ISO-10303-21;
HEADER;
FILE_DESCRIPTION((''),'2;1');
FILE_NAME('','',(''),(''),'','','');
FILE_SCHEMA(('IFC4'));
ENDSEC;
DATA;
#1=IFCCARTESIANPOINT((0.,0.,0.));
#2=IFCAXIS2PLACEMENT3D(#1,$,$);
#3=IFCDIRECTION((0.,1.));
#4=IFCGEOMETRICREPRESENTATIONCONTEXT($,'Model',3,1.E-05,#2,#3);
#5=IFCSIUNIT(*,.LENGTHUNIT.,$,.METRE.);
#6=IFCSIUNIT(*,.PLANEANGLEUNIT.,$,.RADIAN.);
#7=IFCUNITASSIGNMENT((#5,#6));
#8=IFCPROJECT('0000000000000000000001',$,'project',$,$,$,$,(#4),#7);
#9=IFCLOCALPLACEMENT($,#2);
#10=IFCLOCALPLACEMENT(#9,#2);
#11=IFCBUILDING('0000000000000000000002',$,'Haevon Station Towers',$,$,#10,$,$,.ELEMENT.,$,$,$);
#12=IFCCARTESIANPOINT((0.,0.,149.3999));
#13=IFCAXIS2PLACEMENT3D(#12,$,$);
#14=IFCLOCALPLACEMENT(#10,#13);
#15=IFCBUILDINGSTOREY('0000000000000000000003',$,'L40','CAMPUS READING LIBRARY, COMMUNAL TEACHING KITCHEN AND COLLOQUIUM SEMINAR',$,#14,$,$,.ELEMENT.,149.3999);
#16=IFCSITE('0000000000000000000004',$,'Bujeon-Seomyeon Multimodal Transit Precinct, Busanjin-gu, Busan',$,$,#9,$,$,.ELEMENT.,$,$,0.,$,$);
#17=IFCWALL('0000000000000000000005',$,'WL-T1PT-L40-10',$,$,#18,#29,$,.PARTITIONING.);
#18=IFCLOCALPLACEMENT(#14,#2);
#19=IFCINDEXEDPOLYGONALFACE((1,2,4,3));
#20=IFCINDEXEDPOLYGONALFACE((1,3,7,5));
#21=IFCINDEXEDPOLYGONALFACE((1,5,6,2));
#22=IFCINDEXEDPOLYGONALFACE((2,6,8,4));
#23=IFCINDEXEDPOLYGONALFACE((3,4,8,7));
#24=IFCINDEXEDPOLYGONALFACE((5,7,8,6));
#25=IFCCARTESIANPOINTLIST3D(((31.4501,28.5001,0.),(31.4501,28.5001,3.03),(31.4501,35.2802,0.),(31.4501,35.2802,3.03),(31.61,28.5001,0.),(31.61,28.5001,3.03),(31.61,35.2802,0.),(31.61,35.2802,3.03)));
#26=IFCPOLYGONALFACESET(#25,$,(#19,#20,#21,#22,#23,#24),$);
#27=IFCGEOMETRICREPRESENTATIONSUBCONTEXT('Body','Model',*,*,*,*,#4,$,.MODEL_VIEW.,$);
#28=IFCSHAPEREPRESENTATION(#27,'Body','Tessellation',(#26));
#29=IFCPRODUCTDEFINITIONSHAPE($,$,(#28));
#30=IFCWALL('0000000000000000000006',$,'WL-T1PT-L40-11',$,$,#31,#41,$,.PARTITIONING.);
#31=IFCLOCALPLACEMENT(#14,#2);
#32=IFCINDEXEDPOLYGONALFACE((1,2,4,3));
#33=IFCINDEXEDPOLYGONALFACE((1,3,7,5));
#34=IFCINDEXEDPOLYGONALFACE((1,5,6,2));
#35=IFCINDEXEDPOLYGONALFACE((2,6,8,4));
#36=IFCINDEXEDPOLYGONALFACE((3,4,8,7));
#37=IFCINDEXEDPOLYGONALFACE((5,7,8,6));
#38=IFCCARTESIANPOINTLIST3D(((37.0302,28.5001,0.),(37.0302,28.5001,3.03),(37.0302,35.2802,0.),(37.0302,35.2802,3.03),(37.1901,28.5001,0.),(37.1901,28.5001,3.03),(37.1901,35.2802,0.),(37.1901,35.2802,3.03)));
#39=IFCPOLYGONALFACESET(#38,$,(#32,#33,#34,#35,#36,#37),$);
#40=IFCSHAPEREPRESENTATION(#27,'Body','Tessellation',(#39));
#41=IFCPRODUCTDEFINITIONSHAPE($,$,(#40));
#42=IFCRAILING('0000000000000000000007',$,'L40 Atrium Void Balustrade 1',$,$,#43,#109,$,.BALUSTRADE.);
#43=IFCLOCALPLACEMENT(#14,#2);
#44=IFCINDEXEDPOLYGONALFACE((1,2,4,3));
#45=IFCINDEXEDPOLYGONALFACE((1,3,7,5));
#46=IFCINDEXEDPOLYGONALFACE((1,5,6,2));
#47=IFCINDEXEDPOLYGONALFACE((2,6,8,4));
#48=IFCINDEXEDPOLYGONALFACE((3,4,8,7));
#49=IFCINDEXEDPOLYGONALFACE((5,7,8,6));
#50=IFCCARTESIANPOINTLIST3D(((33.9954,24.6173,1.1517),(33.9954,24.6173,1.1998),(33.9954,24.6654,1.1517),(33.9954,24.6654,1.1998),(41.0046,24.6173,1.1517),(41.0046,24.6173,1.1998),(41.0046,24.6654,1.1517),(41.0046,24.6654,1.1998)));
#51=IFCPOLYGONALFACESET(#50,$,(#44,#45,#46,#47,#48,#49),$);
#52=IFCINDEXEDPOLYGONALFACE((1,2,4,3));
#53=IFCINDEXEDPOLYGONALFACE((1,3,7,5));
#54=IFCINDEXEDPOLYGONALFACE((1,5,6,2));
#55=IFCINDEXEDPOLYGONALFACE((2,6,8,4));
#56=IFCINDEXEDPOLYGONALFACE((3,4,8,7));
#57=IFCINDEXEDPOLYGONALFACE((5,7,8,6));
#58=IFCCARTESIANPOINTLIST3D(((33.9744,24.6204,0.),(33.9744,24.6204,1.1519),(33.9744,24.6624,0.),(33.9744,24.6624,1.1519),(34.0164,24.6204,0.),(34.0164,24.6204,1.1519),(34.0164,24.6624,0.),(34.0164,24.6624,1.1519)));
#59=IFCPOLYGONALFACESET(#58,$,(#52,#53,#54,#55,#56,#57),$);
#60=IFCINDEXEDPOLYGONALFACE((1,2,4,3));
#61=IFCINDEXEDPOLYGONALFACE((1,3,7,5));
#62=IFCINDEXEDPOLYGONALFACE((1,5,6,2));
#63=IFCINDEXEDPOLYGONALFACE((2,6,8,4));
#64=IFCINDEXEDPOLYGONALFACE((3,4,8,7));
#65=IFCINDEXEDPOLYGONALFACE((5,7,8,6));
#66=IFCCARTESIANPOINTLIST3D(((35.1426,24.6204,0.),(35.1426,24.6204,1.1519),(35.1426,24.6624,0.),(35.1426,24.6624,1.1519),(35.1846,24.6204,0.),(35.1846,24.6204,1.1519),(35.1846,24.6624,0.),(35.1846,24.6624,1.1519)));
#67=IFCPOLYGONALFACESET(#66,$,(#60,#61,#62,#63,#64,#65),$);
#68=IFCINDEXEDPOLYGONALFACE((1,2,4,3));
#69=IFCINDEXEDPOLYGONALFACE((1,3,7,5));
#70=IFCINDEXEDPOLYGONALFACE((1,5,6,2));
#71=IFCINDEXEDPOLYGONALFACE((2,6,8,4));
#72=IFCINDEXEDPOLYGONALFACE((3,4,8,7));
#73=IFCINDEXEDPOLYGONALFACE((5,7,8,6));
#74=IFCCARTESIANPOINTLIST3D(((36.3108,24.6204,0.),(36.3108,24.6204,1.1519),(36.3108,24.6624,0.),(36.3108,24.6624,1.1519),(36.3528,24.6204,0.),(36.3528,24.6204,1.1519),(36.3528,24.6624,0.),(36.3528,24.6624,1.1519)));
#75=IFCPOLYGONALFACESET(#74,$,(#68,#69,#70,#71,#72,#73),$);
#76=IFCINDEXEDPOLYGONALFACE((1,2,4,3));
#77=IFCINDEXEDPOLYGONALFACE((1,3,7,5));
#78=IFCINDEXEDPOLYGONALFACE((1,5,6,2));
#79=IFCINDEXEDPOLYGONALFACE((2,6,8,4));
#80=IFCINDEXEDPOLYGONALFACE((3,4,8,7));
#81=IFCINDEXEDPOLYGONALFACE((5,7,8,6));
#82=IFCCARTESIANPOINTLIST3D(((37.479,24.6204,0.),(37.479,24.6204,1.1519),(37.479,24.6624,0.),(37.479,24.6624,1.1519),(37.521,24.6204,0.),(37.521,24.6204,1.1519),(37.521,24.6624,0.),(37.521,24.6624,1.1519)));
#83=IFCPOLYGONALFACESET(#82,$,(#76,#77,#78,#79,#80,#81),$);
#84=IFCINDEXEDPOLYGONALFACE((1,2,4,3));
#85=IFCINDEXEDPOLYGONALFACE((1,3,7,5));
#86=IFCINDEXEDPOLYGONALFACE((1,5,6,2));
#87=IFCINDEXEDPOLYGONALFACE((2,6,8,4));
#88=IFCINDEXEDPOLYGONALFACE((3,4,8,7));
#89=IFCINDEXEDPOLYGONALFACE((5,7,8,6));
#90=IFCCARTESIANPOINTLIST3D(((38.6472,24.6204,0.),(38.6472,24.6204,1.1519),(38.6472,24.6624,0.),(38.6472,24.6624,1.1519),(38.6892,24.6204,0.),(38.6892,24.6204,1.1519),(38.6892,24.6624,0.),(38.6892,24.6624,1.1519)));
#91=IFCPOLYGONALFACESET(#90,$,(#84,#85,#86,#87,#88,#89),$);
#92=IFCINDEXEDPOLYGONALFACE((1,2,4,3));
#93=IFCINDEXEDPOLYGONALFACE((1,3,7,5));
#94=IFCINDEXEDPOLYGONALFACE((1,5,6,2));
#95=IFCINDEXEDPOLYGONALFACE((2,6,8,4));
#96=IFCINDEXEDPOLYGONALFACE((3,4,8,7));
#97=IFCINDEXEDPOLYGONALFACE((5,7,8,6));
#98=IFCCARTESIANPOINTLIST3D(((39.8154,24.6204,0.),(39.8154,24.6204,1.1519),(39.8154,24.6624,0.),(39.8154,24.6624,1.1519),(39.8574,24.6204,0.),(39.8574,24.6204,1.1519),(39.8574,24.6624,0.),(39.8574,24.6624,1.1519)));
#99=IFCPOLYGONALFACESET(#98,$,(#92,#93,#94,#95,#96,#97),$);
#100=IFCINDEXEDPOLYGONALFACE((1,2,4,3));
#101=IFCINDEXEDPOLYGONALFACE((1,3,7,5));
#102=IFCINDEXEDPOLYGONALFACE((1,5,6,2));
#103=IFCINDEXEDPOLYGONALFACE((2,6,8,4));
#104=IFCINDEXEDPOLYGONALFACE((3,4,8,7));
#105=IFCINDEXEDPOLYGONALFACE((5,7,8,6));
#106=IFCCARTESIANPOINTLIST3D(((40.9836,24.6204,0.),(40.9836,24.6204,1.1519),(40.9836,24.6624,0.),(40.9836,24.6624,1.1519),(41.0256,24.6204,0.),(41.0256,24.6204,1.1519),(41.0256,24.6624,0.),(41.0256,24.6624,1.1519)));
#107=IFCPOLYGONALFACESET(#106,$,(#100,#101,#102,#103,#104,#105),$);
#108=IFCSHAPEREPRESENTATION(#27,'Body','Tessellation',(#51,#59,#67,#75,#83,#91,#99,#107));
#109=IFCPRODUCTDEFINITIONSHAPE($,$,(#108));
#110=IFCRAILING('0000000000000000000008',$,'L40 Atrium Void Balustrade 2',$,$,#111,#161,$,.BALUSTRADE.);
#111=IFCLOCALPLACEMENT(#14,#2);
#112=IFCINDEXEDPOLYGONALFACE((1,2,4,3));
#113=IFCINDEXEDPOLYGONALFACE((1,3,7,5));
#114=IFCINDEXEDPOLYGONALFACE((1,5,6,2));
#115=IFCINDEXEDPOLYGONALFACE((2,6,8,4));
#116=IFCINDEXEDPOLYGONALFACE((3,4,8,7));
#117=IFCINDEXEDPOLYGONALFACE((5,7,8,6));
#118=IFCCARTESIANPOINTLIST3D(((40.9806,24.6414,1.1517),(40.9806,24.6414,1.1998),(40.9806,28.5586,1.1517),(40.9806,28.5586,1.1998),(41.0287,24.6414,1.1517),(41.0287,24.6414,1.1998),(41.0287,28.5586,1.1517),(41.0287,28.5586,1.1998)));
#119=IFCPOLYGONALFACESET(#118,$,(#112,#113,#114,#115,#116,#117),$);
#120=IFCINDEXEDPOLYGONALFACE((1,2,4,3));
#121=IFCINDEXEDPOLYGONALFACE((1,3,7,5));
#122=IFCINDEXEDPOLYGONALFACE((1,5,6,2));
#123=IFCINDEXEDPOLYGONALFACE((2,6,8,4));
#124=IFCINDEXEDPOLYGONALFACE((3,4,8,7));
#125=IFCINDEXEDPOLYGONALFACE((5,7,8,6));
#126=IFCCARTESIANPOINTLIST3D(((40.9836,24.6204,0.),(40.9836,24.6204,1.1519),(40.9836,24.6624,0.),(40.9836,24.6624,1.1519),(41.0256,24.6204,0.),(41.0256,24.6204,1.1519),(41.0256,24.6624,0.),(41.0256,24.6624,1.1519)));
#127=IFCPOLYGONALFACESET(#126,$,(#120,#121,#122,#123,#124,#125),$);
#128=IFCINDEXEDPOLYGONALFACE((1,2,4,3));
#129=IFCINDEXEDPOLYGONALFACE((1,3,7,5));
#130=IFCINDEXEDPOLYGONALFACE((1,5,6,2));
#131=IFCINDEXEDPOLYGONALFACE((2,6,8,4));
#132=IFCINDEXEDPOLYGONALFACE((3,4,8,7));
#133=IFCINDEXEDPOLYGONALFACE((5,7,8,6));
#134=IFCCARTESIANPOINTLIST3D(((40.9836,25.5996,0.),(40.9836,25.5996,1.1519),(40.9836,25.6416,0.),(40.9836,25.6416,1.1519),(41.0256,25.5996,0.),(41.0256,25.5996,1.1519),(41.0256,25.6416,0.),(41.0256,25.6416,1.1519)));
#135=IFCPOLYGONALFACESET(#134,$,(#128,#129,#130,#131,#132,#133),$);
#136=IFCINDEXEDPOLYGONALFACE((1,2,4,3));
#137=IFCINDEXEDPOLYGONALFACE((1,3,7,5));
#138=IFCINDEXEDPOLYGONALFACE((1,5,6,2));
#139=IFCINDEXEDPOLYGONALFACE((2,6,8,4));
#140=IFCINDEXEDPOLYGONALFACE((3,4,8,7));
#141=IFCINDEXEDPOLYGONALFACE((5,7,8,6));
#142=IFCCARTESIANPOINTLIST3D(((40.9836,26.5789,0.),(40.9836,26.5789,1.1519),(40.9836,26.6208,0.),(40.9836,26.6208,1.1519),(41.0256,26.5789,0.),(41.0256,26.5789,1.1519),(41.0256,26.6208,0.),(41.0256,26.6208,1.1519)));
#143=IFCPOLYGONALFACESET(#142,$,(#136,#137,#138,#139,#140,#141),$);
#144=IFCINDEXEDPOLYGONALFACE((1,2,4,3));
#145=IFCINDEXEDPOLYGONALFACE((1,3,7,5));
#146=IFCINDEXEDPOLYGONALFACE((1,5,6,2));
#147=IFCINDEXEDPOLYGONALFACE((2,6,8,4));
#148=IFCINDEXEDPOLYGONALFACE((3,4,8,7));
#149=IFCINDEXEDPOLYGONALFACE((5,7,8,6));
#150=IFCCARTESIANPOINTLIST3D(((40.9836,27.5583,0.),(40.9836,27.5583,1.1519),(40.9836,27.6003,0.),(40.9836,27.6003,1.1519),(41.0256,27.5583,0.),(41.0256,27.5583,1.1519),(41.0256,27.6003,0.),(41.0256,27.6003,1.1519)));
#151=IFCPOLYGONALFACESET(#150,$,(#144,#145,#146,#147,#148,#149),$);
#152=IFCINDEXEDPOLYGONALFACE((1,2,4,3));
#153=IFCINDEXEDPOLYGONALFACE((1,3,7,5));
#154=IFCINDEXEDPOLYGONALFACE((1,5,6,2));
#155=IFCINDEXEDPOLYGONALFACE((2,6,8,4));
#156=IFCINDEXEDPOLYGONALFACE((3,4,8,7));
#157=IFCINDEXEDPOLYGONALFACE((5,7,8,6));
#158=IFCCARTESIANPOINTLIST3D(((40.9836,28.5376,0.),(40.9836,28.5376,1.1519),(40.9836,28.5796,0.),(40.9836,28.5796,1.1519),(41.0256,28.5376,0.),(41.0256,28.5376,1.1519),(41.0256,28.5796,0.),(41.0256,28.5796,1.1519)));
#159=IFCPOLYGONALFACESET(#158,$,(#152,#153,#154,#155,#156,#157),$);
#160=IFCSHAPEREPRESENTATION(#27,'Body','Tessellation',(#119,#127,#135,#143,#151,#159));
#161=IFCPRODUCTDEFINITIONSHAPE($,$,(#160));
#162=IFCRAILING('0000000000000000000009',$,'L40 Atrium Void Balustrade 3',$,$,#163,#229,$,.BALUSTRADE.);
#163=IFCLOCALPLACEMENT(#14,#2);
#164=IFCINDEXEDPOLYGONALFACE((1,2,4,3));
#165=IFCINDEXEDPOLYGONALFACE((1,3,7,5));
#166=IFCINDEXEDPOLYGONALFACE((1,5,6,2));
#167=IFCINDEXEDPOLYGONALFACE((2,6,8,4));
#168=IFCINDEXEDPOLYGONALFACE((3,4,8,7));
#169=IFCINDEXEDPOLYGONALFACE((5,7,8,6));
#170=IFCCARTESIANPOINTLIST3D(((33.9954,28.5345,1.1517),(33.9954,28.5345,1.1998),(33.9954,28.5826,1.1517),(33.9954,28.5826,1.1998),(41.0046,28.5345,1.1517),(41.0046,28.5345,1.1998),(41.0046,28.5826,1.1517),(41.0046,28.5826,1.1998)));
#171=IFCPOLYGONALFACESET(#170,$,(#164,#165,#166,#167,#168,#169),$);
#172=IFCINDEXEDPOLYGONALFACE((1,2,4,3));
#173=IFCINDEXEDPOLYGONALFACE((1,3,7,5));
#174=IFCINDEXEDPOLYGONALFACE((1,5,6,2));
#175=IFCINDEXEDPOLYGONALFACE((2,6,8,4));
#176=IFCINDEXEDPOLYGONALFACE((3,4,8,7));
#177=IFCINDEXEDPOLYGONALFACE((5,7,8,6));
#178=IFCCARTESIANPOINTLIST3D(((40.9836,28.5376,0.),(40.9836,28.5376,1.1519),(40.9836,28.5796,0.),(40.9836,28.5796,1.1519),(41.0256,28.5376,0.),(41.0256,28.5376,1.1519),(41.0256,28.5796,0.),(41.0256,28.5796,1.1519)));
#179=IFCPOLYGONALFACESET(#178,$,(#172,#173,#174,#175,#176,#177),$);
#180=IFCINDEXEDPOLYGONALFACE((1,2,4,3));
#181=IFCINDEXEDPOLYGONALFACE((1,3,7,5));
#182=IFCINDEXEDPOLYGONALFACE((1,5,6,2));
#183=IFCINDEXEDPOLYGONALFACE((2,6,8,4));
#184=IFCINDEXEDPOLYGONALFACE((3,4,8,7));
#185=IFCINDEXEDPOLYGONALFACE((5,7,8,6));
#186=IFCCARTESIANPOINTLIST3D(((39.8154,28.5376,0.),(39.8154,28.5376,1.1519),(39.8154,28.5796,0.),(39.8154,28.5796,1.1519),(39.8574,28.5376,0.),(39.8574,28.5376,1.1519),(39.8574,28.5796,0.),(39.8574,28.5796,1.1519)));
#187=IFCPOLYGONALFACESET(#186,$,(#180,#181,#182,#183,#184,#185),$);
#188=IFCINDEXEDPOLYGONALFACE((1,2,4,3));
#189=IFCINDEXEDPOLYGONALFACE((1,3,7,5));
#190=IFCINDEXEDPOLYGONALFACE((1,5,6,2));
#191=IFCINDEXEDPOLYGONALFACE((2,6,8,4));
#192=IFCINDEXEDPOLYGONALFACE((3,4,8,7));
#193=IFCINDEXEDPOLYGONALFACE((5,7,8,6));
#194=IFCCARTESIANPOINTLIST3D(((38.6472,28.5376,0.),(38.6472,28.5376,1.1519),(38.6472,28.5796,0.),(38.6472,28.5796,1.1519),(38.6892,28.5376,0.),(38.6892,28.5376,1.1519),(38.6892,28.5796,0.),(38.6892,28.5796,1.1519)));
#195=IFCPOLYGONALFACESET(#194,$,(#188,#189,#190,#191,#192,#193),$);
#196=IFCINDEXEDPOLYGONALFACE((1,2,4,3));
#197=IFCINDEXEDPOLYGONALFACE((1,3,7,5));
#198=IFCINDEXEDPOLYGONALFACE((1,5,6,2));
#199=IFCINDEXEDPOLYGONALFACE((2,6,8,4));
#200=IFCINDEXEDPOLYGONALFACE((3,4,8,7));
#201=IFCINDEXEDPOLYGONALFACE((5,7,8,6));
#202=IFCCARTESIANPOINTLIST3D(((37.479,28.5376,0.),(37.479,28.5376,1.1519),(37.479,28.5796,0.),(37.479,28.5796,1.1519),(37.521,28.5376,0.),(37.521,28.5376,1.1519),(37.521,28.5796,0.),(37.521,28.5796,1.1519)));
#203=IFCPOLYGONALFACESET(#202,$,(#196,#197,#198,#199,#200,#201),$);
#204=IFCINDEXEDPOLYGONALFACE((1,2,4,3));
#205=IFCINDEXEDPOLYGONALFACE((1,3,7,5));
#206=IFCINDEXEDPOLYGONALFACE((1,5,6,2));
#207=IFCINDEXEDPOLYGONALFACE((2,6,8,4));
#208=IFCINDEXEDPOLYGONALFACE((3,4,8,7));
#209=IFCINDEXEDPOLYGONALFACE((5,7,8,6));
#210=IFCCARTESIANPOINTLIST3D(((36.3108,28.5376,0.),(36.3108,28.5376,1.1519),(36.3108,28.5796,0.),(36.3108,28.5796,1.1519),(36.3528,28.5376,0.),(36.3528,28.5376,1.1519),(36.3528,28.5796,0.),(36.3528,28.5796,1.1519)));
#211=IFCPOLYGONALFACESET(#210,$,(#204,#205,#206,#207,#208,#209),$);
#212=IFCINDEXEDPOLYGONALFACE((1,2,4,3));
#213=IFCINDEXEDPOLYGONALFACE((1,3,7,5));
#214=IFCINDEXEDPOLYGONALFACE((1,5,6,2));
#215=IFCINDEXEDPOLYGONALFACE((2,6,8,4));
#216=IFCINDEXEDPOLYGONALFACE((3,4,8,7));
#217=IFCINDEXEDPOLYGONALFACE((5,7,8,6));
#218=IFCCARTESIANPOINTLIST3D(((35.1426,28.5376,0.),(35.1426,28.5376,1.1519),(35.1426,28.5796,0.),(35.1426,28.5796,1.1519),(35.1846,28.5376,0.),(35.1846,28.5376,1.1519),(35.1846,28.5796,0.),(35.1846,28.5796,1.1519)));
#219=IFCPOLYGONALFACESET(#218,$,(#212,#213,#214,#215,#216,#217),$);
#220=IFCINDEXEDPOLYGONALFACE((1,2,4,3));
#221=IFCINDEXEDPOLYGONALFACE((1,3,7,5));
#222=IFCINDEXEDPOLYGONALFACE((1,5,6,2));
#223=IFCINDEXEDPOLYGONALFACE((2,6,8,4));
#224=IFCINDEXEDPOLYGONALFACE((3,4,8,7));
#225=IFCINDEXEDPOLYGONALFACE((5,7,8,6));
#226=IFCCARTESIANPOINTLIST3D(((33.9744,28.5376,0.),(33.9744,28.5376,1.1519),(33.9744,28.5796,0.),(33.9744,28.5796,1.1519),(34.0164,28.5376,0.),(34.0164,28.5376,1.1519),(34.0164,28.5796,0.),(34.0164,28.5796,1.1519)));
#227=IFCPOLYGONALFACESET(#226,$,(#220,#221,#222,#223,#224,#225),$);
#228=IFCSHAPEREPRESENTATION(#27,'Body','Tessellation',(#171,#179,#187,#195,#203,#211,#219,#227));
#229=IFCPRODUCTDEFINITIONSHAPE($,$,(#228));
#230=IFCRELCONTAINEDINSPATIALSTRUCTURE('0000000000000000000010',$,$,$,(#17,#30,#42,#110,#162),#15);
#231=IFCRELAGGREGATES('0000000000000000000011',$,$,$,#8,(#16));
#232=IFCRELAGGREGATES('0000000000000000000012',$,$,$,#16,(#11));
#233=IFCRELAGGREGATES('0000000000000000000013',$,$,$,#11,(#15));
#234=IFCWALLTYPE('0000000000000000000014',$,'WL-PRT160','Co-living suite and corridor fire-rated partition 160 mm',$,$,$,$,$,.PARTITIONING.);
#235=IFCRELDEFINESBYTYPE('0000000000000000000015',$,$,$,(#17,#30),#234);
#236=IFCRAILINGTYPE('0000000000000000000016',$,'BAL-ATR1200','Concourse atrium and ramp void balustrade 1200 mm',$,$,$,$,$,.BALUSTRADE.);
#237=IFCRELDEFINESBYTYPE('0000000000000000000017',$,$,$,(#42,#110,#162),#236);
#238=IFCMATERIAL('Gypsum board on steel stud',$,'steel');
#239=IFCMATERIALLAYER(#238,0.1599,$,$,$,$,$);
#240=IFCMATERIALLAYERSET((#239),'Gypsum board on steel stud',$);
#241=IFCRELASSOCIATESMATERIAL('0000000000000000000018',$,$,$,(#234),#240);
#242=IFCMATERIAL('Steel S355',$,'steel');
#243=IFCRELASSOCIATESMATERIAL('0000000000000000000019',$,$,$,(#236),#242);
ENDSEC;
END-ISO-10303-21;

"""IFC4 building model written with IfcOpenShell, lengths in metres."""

from ifc_helpers import new_model, si_unit, direction, frame, frame_2d, origin, origin_2d, place, context, subcontext, project, spatial, rectangle, extrude, material, layer, layer_set, type_object, element, save


model = new_model("IFC4")

# Units and contexts
model_context = context("Model", 3, precision=1e-05, world=origin(), true_north=direction((0.0, 1.0)))
body_context = subcontext(model_context, "Body", "Model", "MODEL_VIEW")
ifc_project = project(units=[si_unit("LENGTHUNIT", "METRE"), si_unit("PLANEANGLEUNIT", "RADIAN")], contexts=[model_context])

# Site, building, storey
site_placement = place(None, origin())
site = spatial("IfcSite", under=ifc_project, at=site_placement, Name="Bujeon-Seomyeon Multimodal Transit Precinct, Busanjin-gu, Busan", CompositionType="ELEMENT", RefElevation=0.0)
building_placement = place(site_placement, origin())
building = spatial("IfcBuilding", under=site, at=building_placement, Name="Haevon Station Towers", CompositionType="ELEMENT")
storey_placement = place(building_placement, frame((0.0, 0.0, 149.3999)))
storey = spatial("IfcBuildingStorey", under=building, at=storey_placement, Name="L40", Description="CAMPUS READING LIBRARY, COMMUNAL TEACHING KITCHEN AND COLLOQUIUM SEMINAR", CompositionType="ELEMENT", Elevation=149.3999)

# Shared definitions
ifc_material_1 = material(Name="Steel S355", Category="steel")

# Shared definitions
ifc_material_2 = material(Name="Gypsum board on steel stud", Category="steel")

# Walls
ifc_layer_1 = layer(ifc_material_2, 0.1599)
ifc_layer_set_1 = layer_set([ifc_layer_1], Name="Gypsum board on steel stud")
wall_type_1 = type_object("IfcWallType", Name="WL-PRT160", Description="Co-living suite and corridor fire-rated partition 160 mm", PredefinedType="PARTITIONING", material=ifc_layer_set_1)
for number, where, z_axis, x_axis, name in (
    (1, (31.53, 28.5, 0.0), (0.0, 0.0, 1.0), (0.0, 1.0, 0.0), "WL-T1PT-L40-10"),
    (2, (37.1101, 28.5, 0.0), (0.0, 0.0, 1.0), (0.0, 1.0, 0.0), "WL-T1PT-L40-11"),
):
    element("IfcWall", number, at=place(storey_placement, frame(where, z_axis=z_axis, x_axis=x_axis)), inside=storey, type_object=wall_type_1, Name=name, PredefinedType="PARTITIONING", context=body_context, shape_type="SweptSolid", body=[
        extrude(rectangle(XDim=6.78, YDim=0.1599, at=frame_2d((3.3901, 0.0))), origin(), (0.0, 0.0, 1.0), 3.03),
    ])

# Railings
railing_type = type_object("IfcRailingType", Name="BAL-ATR1200", Description="Concourse atrium and ramp void balustrade 1200 mm", PredefinedType="BALUSTRADE", material=ifc_material_1)
railing_1_placement = place(storey_placement, frame((33.9954, 24.6414, 0.0)))
element("IfcRailing", 3, at=railing_1_placement, inside=storey, type_object=railing_type, Name="L40 Atrium Void Balustrade 1", PredefinedType="BALUSTRADE", context=body_context, shape_type="SweptSolid", body=[
    extrude(rectangle(XDim=0.0481, YDim=0.0481, at=origin_2d()), frame((0.0, 0.0, 1.1758), z_axis=(1.0, 0.0, 0.0), x_axis=(0.0, 1.0, 0.0)), (0.0, 0.0, 1.0), 7.0093),
    extrude(rectangle(XDim=0.042, YDim=0.042, at=origin_2d()), origin(), (0.0, 0.0, 1.0), 1.1519),
    extrude(rectangle(XDim=0.042, YDim=0.042, at=origin_2d()), frame((1.1682, 0.0, 0.0)), (0.0, 0.0, 1.0), 1.1519),
    extrude(rectangle(XDim=0.042, YDim=0.042, at=origin_2d()), frame((2.3364, 0.0, 0.0)), (0.0, 0.0, 1.0), 1.1519),
    extrude(rectangle(XDim=0.042, YDim=0.042, at=origin_2d()), frame((3.5046, 0.0, 0.0)), (0.0, 0.0, 1.0), 1.1519),
    extrude(rectangle(XDim=0.042, YDim=0.042, at=origin_2d()), frame((4.6729, 0.0, 0.0)), (0.0, 0.0, 1.0), 1.1519),
    extrude(rectangle(XDim=0.042, YDim=0.042, at=origin_2d()), frame((5.8411, 0.0, 0.0)), (0.0, 0.0, 1.0), 1.1519),
    extrude(rectangle(XDim=0.042, YDim=0.042, at=origin_2d()), frame((7.0093, 0.0, 0.0)), (0.0, 0.0, 1.0), 1.1519),
])
railing_2_placement = place(storey_placement, frame((41.0046, 24.6414, 0.0)))
element("IfcRailing", 4, at=railing_2_placement, inside=storey, type_object=railing_type, Name="L40 Atrium Void Balustrade 2", PredefinedType="BALUSTRADE", context=body_context, shape_type="SweptSolid", body=[
    extrude(rectangle(XDim=0.0481, YDim=0.0481, at=origin_2d()), frame((0.0, 0.0, 1.1758), z_axis=(0.0, 1.0, 0.0), x_axis=(-1.0, 0.0, 0.0)), (0.0, 0.0, 1.0), 3.9172),
    extrude(rectangle(XDim=0.042, YDim=0.042, at=origin_2d()), origin(), (0.0, 0.0, 1.0), 1.1519),
    extrude(rectangle(XDim=0.042, YDim=0.042, at=origin_2d()), frame((0.0, 0.9792, 0.0)), (0.0, 0.0, 1.0), 1.1519),
    extrude(rectangle(XDim=0.042, YDim=0.042, at=origin_2d()), frame((0.0, 1.9585, 0.0)), (0.0, 0.0, 1.0), 1.1519),
    extrude(rectangle(XDim=0.042, YDim=0.042, at=origin_2d()), frame((0.0, 2.938, 0.0)), (0.0, 0.0, 1.0), 1.1519),
    extrude(rectangle(XDim=0.042, YDim=0.042, at=origin_2d()), frame((0.0, 3.9172, 0.0)), (0.0, 0.0, 1.0), 1.1519),
])
railing_3_placement = place(storey_placement, frame((41.0046, 28.5586, 0.0)))
element("IfcRailing", 5, at=railing_3_placement, inside=storey, type_object=railing_type, Name="L40 Atrium Void Balustrade 3", PredefinedType="BALUSTRADE", context=body_context, shape_type="SweptSolid", body=[
    extrude(rectangle(XDim=0.0481, YDim=0.0481, at=origin_2d()), frame((0.0, 0.0, 1.1758), z_axis=(-1.0, 0.0, 0.0), x_axis=(0.0, -1.0, 0.0)), (0.0, 0.0, 1.0), 7.0093),
    extrude(rectangle(XDim=0.042, YDim=0.042, at=origin_2d()), origin(), (0.0, 0.0, 1.0), 1.1519),
    extrude(rectangle(XDim=0.042, YDim=0.042, at=origin_2d()), frame((-1.1682, 0.0, 0.0)), (0.0, 0.0, 1.0), 1.1519),
    extrude(rectangle(XDim=0.042, YDim=0.042, at=origin_2d()), frame((-2.3364, 0.0, 0.0)), (0.0, 0.0, 1.0), 1.1519),
    extrude(rectangle(XDim=0.042, YDim=0.042, at=origin_2d()), frame((-3.5046, 0.0, 0.0)), (0.0, 0.0, 1.0), 1.1519),
    extrude(rectangle(XDim=0.042, YDim=0.042, at=origin_2d()), frame((-4.6729, 0.0, 0.0)), (0.0, 0.0, 1.0), 1.1519),
    extrude(rectangle(XDim=0.042, YDim=0.042, at=origin_2d()), frame((-5.8411, 0.0, 0.0)), (0.0, 0.0, 1.0), 1.1519),
    extrude(rectangle(XDim=0.042, YDim=0.042, at=origin_2d()), frame((-7.0093, 0.0, 0.0)), (0.0, 0.0, 1.0), 1.1519),
])

save(model, "model.ifc")
